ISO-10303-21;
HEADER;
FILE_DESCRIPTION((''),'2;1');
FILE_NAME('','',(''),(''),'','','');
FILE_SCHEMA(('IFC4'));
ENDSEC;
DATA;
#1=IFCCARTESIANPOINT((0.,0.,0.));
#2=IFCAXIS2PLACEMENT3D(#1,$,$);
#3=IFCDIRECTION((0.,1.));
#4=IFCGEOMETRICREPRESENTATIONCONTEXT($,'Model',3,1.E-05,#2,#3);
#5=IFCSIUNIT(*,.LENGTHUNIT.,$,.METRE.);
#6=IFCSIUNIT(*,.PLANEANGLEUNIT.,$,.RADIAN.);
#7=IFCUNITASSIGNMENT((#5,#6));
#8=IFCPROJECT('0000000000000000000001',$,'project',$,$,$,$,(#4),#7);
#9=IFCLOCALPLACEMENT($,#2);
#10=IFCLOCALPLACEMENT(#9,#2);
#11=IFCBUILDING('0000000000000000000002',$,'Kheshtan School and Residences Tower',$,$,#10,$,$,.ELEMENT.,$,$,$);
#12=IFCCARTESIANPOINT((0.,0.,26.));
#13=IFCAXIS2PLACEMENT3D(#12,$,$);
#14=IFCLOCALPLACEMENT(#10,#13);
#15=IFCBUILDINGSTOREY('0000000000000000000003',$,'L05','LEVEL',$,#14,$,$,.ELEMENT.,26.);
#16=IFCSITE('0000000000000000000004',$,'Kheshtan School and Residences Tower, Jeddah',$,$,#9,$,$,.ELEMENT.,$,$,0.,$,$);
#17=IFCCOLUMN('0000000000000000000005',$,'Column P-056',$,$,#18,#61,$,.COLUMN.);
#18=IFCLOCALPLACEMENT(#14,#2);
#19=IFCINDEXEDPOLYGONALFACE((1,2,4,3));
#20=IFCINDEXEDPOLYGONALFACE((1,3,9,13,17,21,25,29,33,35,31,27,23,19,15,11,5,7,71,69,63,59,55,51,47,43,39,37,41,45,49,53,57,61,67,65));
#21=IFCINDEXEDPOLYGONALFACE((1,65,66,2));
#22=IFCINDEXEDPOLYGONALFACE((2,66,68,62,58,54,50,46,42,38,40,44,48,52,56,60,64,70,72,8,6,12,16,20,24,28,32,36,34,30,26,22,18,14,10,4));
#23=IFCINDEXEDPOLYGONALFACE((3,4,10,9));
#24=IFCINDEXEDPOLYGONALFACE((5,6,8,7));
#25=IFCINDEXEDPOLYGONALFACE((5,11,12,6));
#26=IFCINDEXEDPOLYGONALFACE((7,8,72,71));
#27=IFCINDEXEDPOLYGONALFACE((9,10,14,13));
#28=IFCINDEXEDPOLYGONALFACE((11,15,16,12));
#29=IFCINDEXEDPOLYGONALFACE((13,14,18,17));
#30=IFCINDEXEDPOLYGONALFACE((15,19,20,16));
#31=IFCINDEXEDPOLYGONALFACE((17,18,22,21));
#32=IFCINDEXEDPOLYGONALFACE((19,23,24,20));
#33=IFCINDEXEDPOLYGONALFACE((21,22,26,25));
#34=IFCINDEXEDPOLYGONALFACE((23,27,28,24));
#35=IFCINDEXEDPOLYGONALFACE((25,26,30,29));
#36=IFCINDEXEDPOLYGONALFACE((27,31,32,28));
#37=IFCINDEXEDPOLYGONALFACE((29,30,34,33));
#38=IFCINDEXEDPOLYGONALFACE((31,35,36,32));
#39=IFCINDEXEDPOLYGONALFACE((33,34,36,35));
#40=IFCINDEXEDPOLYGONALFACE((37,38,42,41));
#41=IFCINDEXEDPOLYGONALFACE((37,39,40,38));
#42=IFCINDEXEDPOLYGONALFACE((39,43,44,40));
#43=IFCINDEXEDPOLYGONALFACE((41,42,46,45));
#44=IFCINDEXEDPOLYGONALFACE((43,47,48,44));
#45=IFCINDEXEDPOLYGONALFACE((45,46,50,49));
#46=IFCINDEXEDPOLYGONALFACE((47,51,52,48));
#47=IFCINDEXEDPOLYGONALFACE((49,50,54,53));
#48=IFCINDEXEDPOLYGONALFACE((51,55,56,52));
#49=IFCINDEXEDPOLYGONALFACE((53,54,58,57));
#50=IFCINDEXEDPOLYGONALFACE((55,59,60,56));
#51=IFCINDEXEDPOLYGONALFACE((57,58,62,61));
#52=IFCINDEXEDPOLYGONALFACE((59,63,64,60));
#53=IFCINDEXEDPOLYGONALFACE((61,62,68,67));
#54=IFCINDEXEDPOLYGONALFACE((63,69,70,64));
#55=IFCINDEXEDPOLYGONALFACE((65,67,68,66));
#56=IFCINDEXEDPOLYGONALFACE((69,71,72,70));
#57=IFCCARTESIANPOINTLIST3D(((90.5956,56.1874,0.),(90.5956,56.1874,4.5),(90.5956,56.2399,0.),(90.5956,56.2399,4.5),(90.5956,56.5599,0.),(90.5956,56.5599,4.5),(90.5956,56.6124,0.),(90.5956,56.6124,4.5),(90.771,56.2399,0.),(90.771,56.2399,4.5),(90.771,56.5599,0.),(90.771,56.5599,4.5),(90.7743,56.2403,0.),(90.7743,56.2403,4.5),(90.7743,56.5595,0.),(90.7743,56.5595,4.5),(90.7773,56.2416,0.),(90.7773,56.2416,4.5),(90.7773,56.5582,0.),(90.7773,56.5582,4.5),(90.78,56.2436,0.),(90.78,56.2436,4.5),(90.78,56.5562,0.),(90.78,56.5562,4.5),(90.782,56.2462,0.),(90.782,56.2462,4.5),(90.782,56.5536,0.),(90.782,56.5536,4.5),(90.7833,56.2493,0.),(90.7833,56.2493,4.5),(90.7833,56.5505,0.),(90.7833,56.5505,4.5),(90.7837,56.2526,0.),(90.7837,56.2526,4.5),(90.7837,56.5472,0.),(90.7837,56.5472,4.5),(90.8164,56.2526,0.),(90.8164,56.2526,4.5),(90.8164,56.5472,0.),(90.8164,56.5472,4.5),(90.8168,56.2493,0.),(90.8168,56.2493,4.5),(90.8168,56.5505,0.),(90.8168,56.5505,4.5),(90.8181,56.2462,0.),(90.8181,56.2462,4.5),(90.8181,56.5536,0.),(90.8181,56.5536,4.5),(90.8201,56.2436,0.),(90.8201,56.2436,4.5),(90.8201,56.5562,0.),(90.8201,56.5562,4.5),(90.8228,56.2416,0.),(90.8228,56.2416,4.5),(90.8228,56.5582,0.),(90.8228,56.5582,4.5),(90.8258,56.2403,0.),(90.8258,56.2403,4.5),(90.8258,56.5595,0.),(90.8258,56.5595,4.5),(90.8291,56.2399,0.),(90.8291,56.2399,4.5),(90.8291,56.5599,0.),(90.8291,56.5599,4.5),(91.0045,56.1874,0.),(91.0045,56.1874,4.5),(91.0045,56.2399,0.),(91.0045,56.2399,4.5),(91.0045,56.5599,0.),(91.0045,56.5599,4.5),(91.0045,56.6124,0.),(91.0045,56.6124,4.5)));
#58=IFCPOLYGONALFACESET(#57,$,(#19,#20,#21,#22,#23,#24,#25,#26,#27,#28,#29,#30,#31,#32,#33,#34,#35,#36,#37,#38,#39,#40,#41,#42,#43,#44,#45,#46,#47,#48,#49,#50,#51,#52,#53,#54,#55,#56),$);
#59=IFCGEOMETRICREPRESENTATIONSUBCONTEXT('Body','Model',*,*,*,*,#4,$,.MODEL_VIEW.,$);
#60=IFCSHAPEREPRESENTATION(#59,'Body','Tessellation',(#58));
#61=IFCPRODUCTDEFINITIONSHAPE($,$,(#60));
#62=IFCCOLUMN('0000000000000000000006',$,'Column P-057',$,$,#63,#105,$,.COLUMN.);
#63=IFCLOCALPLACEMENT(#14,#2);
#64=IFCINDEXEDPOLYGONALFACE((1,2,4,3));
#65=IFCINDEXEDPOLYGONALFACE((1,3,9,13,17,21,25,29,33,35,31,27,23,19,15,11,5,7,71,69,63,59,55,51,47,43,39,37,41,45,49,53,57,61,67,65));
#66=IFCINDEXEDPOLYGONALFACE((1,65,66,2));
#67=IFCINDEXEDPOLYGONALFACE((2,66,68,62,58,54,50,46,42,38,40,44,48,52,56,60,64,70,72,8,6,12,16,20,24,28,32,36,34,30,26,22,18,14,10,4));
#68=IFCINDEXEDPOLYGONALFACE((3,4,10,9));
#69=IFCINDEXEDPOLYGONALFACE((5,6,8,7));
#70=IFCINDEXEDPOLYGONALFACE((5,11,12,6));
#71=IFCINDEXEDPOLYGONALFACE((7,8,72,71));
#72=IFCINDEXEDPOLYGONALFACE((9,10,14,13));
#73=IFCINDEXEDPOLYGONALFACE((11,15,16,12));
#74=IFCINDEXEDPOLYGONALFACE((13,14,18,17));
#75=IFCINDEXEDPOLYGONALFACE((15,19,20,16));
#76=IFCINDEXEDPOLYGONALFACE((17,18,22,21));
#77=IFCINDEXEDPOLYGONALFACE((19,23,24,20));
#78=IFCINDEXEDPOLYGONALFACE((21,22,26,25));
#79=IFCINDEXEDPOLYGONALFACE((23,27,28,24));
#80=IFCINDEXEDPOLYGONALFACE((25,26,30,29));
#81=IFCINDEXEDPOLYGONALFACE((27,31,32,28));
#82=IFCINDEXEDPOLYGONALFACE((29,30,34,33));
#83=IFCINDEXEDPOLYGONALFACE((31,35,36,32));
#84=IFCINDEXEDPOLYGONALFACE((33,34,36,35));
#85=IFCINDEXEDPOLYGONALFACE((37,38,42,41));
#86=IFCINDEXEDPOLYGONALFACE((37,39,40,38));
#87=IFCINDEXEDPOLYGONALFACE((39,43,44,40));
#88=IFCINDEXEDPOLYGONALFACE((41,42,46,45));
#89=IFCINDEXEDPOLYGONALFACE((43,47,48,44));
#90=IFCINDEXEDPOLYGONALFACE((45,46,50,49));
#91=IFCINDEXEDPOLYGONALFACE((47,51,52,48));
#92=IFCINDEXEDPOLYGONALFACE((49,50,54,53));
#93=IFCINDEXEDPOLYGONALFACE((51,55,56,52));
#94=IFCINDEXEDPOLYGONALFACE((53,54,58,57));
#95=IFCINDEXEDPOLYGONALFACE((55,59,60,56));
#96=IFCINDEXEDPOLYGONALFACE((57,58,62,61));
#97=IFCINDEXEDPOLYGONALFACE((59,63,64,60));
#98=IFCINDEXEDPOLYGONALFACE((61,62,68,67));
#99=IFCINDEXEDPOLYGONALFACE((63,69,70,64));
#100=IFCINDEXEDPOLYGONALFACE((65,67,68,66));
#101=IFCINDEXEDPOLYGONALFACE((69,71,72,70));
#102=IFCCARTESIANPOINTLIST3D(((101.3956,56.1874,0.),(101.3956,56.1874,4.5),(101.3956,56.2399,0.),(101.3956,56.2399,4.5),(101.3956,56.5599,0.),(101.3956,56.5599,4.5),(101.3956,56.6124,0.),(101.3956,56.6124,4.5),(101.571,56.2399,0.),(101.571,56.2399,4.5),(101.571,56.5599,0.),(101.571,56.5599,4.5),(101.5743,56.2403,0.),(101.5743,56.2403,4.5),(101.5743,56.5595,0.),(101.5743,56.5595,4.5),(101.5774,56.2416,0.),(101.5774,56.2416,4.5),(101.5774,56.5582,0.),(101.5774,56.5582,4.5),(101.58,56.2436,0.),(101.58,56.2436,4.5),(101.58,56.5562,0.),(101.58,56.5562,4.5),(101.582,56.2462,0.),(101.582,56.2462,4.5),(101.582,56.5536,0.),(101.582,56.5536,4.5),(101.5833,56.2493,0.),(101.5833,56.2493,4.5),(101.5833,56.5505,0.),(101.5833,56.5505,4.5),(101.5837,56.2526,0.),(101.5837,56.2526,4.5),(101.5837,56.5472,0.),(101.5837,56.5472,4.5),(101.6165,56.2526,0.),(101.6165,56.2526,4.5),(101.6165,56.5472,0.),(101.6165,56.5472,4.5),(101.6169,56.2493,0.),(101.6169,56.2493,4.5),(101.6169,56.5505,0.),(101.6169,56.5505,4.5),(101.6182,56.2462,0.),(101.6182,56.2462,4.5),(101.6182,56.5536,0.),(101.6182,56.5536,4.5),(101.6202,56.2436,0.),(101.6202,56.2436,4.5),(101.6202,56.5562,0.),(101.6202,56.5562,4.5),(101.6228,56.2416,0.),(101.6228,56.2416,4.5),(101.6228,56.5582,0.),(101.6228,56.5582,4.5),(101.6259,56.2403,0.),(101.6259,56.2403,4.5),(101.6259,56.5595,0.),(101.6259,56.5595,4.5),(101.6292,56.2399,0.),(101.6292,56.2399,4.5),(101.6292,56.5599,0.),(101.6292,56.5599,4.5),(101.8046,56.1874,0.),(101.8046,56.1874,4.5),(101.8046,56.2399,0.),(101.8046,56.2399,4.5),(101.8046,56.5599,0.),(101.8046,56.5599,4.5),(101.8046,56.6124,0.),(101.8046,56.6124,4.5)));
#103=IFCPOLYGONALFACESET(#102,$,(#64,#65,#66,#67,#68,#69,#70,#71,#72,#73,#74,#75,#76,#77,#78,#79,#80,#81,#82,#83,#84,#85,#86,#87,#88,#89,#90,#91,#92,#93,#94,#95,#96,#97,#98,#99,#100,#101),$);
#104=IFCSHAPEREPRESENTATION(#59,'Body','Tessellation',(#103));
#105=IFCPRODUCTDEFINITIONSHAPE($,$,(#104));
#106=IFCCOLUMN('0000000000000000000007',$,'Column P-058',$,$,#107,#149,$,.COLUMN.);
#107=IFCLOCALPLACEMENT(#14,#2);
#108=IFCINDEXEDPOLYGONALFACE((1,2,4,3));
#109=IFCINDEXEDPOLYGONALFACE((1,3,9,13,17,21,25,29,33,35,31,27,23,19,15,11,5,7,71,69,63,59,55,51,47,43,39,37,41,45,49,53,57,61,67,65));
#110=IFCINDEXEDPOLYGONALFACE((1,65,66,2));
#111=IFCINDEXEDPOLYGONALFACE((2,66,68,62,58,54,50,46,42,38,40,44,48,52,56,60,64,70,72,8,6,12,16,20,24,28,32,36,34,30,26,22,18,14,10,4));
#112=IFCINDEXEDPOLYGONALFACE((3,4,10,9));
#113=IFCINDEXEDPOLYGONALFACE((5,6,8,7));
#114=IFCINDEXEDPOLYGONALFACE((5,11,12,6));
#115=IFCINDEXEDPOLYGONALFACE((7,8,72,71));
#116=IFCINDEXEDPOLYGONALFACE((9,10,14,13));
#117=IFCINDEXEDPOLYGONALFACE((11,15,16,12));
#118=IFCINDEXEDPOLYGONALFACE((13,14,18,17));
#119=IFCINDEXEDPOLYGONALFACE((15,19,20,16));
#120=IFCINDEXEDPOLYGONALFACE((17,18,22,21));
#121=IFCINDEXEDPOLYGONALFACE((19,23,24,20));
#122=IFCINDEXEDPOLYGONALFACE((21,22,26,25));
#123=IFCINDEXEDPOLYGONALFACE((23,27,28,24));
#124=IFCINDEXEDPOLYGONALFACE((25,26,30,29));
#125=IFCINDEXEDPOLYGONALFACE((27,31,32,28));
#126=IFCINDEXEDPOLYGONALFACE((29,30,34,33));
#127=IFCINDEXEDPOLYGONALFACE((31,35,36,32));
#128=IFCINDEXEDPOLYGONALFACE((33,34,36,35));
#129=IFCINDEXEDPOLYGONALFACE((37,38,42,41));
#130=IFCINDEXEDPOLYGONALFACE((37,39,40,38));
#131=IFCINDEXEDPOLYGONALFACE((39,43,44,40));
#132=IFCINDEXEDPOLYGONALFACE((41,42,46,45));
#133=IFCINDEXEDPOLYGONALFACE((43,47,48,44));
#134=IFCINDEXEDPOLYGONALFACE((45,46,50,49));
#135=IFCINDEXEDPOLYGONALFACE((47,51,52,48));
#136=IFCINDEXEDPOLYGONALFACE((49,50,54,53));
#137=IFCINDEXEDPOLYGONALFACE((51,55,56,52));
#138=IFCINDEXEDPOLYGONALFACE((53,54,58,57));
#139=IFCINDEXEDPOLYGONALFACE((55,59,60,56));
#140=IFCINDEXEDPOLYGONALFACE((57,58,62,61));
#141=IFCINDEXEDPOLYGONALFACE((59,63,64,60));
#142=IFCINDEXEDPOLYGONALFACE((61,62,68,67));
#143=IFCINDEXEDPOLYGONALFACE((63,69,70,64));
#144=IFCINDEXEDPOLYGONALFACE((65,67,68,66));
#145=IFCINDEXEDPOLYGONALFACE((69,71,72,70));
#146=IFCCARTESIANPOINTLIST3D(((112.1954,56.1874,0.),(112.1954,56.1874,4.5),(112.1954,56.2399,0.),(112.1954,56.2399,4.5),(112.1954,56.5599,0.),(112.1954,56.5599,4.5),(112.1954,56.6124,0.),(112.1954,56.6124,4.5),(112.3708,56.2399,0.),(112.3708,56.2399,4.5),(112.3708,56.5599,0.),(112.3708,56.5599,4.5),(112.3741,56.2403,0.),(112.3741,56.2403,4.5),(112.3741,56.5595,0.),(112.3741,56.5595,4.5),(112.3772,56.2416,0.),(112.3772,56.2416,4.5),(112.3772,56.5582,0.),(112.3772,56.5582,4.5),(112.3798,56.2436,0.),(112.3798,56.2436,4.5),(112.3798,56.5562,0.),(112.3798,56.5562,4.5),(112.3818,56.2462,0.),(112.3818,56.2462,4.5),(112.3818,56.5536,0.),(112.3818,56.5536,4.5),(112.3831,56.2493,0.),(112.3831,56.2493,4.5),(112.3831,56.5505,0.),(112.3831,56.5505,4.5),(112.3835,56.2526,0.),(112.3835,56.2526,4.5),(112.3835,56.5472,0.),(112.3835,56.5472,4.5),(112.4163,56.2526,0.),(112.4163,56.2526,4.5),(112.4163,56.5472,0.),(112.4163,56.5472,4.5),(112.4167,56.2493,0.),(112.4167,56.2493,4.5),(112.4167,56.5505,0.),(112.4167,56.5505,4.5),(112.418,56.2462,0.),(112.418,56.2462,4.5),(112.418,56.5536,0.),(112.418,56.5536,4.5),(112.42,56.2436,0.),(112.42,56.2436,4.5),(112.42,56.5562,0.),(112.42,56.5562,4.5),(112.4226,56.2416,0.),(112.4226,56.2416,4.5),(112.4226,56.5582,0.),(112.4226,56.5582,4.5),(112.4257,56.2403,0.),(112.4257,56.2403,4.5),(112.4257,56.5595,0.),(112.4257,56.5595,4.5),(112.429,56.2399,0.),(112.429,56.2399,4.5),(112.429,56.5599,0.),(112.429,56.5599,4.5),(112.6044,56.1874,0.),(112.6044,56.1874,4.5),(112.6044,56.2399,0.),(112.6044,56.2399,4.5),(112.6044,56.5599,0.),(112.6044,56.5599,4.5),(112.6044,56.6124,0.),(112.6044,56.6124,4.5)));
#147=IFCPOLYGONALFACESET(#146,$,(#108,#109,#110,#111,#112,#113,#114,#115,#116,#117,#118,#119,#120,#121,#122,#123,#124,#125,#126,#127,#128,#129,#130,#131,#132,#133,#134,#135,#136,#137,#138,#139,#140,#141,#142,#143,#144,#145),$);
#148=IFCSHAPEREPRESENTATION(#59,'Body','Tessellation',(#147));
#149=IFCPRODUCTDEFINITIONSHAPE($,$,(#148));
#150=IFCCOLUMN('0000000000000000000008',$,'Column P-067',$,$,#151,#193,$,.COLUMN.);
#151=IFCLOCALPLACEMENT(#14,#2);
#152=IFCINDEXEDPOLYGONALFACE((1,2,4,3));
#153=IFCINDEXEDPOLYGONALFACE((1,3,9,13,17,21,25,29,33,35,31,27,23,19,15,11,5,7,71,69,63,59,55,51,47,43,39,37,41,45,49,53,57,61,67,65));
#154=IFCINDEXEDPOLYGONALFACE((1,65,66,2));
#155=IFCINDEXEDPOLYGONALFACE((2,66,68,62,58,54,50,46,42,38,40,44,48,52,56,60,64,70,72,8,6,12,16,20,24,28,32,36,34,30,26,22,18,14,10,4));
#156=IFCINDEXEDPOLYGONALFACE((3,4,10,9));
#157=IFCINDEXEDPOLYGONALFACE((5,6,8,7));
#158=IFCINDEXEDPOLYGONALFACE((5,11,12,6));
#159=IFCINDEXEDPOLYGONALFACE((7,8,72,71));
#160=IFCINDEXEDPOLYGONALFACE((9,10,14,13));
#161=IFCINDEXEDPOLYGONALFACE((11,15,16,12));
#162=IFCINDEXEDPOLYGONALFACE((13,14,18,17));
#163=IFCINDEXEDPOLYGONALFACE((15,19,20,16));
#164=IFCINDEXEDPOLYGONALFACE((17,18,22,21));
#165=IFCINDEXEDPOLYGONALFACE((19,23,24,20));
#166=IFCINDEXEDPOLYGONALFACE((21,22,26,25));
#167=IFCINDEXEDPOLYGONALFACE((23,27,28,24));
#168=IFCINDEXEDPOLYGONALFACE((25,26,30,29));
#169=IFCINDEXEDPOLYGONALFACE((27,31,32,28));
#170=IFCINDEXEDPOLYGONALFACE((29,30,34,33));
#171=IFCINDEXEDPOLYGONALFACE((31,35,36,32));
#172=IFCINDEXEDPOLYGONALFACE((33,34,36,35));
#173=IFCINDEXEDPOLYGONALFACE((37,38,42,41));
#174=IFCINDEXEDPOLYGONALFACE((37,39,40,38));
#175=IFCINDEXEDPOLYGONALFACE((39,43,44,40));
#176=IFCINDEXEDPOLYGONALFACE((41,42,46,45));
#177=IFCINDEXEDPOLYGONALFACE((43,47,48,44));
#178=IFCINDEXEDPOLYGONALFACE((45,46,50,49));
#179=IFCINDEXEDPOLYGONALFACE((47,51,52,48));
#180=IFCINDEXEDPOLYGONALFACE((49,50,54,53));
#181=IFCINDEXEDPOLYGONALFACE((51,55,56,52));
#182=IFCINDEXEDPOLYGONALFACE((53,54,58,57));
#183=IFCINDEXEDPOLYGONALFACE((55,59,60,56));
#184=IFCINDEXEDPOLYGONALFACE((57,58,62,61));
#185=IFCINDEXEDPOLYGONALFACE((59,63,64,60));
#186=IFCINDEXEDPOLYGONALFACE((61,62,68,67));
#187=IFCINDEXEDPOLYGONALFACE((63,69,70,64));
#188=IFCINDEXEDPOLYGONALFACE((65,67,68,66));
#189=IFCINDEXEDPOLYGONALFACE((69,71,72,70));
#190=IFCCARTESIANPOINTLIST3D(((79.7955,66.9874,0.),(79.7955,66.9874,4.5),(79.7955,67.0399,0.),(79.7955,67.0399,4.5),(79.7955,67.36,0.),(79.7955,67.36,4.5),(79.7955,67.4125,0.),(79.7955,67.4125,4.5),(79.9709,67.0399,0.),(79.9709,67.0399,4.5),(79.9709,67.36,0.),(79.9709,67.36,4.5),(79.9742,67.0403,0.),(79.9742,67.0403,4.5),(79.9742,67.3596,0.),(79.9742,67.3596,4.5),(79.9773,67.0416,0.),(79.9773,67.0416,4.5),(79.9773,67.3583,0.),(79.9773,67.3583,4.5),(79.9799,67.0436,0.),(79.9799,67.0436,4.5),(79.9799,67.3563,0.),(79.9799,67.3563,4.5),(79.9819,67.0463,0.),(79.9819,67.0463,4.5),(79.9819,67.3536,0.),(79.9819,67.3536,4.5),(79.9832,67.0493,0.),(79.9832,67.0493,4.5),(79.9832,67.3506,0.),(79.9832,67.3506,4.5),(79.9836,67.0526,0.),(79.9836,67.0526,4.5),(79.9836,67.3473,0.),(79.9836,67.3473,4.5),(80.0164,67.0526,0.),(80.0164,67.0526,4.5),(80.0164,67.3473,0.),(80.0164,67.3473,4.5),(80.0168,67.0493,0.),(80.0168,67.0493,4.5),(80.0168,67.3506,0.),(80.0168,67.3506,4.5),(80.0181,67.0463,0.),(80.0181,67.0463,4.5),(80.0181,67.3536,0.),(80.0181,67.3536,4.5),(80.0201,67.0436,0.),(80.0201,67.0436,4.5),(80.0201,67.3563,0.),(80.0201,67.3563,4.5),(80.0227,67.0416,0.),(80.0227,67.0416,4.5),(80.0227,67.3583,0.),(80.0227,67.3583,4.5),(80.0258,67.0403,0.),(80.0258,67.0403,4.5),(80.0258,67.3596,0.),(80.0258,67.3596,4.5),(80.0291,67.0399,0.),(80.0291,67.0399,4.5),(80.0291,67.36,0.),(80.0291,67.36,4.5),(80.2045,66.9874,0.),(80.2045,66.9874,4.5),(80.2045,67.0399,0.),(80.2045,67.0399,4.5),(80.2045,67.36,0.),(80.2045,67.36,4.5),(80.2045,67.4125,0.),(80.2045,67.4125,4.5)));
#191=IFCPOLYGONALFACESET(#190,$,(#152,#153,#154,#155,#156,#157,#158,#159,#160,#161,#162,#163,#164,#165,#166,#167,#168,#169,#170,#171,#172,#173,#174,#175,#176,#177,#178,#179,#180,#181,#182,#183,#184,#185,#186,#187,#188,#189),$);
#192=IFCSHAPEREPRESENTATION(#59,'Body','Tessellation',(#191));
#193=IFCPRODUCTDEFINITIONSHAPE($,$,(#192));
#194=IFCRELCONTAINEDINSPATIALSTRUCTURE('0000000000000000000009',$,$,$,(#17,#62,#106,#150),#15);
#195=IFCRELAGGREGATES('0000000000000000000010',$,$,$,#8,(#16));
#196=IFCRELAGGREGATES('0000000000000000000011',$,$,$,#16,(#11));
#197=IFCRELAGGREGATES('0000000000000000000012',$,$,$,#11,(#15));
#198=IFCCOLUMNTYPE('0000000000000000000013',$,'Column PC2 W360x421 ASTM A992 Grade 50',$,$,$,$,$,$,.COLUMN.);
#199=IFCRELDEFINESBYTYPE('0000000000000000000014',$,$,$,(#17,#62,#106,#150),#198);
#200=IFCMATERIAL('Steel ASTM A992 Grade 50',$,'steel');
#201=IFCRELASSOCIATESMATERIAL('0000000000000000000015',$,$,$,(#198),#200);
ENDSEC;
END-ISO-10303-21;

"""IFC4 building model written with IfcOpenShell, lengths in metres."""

from ifc_helpers import new_model, si_unit, direction, frame, origin, origin_2d, place, context, subcontext, project, spatial, i_section, extrude, material, material_profile, profile_set, type_object, element, save


model = new_model("IFC4")

# Units and contexts
model_context = context("Model", 3, precision=1e-05, world=origin(), true_north=direction((0.0, 1.0)))
body_context = subcontext(model_context, "Body", "Model", "MODEL_VIEW")
ifc_project = project(units=[si_unit("LENGTHUNIT", "METRE"), si_unit("PLANEANGLEUNIT", "RADIAN")], contexts=[model_context])

# Site, building, storey
site_placement = place(None, origin())
site = spatial("IfcSite", under=ifc_project, at=site_placement, Name="Kheshtan School and Residences Tower, Jeddah", CompositionType="ELEMENT", RefElevation=0.0)
building_placement = place(site_placement, origin())
building = spatial("IfcBuilding", under=site, at=building_placement, Name="Kheshtan School and Residences Tower", CompositionType="ELEMENT")
storey_placement = place(building_placement, frame((0.0, 0.0, 26.0)))
storey = spatial("IfcBuildingStorey", under=building, at=storey_placement, Name="L05", Description="LEVEL", CompositionType="ELEMENT", Elevation=26.0)

# Columns
ifc_material_1 = material(Name="Steel ASTM A992 Grade 50", Category="steel")
ifc_material_profile_1 = material_profile(ifc_material_1, i_section(OverallWidth=0.4089, OverallDepth=0.425, WebThickness=0.0327, FlangeThickness=0.0525, FilletRadius=0.0127, at=origin_2d()), Name="W360x421")
ifc_profile_set_1 = profile_set([ifc_material_profile_1], Name="Steel ASTM A992 Grade 50")
column_type = type_object("IfcColumnType", Name="Column PC2 W360x421 ASTM A992 Grade 50", PredefinedType="COLUMN", material=ifc_profile_set_1)
for number, where, z_axis, x_axis, name in (
    (1, (90.8, 56.3999, 0.0), (0.0, 0.0, 1.0), (1.0, 0.0, 0.0), "Column P-056"),
    (2, (101.6001, 56.3999, 0.0), (0.0, 0.0, 1.0), (1.0, 0.0, 0.0), "Column P-057"),
    (3, (112.3999, 56.3999, 0.0), (0.0, 0.0, 1.0), (1.0, 0.0, 0.0), "Column P-058"),
    (4, (80.0, 67.2, 0.0), (0.0, 0.0, 1.0), (1.0, 0.0, 0.0), "Column P-067"),
):
    element("IfcColumn", number, at=place(storey_placement, frame(where, z_axis=z_axis, x_axis=x_axis)), inside=storey, type_object=column_type, Name=name, PredefinedType="COLUMN", context=body_context, shape_type="SweptSolid", body=[
        extrude(i_section(OverallWidth=0.4089, OverallDepth=0.425, WebThickness=0.0327, FlangeThickness=0.0525, FilletRadius=0.0127, at=origin_2d()), origin(), (0.0, 0.0, 1.0), 4.5),
    ])

save(model, "model.ifc")
